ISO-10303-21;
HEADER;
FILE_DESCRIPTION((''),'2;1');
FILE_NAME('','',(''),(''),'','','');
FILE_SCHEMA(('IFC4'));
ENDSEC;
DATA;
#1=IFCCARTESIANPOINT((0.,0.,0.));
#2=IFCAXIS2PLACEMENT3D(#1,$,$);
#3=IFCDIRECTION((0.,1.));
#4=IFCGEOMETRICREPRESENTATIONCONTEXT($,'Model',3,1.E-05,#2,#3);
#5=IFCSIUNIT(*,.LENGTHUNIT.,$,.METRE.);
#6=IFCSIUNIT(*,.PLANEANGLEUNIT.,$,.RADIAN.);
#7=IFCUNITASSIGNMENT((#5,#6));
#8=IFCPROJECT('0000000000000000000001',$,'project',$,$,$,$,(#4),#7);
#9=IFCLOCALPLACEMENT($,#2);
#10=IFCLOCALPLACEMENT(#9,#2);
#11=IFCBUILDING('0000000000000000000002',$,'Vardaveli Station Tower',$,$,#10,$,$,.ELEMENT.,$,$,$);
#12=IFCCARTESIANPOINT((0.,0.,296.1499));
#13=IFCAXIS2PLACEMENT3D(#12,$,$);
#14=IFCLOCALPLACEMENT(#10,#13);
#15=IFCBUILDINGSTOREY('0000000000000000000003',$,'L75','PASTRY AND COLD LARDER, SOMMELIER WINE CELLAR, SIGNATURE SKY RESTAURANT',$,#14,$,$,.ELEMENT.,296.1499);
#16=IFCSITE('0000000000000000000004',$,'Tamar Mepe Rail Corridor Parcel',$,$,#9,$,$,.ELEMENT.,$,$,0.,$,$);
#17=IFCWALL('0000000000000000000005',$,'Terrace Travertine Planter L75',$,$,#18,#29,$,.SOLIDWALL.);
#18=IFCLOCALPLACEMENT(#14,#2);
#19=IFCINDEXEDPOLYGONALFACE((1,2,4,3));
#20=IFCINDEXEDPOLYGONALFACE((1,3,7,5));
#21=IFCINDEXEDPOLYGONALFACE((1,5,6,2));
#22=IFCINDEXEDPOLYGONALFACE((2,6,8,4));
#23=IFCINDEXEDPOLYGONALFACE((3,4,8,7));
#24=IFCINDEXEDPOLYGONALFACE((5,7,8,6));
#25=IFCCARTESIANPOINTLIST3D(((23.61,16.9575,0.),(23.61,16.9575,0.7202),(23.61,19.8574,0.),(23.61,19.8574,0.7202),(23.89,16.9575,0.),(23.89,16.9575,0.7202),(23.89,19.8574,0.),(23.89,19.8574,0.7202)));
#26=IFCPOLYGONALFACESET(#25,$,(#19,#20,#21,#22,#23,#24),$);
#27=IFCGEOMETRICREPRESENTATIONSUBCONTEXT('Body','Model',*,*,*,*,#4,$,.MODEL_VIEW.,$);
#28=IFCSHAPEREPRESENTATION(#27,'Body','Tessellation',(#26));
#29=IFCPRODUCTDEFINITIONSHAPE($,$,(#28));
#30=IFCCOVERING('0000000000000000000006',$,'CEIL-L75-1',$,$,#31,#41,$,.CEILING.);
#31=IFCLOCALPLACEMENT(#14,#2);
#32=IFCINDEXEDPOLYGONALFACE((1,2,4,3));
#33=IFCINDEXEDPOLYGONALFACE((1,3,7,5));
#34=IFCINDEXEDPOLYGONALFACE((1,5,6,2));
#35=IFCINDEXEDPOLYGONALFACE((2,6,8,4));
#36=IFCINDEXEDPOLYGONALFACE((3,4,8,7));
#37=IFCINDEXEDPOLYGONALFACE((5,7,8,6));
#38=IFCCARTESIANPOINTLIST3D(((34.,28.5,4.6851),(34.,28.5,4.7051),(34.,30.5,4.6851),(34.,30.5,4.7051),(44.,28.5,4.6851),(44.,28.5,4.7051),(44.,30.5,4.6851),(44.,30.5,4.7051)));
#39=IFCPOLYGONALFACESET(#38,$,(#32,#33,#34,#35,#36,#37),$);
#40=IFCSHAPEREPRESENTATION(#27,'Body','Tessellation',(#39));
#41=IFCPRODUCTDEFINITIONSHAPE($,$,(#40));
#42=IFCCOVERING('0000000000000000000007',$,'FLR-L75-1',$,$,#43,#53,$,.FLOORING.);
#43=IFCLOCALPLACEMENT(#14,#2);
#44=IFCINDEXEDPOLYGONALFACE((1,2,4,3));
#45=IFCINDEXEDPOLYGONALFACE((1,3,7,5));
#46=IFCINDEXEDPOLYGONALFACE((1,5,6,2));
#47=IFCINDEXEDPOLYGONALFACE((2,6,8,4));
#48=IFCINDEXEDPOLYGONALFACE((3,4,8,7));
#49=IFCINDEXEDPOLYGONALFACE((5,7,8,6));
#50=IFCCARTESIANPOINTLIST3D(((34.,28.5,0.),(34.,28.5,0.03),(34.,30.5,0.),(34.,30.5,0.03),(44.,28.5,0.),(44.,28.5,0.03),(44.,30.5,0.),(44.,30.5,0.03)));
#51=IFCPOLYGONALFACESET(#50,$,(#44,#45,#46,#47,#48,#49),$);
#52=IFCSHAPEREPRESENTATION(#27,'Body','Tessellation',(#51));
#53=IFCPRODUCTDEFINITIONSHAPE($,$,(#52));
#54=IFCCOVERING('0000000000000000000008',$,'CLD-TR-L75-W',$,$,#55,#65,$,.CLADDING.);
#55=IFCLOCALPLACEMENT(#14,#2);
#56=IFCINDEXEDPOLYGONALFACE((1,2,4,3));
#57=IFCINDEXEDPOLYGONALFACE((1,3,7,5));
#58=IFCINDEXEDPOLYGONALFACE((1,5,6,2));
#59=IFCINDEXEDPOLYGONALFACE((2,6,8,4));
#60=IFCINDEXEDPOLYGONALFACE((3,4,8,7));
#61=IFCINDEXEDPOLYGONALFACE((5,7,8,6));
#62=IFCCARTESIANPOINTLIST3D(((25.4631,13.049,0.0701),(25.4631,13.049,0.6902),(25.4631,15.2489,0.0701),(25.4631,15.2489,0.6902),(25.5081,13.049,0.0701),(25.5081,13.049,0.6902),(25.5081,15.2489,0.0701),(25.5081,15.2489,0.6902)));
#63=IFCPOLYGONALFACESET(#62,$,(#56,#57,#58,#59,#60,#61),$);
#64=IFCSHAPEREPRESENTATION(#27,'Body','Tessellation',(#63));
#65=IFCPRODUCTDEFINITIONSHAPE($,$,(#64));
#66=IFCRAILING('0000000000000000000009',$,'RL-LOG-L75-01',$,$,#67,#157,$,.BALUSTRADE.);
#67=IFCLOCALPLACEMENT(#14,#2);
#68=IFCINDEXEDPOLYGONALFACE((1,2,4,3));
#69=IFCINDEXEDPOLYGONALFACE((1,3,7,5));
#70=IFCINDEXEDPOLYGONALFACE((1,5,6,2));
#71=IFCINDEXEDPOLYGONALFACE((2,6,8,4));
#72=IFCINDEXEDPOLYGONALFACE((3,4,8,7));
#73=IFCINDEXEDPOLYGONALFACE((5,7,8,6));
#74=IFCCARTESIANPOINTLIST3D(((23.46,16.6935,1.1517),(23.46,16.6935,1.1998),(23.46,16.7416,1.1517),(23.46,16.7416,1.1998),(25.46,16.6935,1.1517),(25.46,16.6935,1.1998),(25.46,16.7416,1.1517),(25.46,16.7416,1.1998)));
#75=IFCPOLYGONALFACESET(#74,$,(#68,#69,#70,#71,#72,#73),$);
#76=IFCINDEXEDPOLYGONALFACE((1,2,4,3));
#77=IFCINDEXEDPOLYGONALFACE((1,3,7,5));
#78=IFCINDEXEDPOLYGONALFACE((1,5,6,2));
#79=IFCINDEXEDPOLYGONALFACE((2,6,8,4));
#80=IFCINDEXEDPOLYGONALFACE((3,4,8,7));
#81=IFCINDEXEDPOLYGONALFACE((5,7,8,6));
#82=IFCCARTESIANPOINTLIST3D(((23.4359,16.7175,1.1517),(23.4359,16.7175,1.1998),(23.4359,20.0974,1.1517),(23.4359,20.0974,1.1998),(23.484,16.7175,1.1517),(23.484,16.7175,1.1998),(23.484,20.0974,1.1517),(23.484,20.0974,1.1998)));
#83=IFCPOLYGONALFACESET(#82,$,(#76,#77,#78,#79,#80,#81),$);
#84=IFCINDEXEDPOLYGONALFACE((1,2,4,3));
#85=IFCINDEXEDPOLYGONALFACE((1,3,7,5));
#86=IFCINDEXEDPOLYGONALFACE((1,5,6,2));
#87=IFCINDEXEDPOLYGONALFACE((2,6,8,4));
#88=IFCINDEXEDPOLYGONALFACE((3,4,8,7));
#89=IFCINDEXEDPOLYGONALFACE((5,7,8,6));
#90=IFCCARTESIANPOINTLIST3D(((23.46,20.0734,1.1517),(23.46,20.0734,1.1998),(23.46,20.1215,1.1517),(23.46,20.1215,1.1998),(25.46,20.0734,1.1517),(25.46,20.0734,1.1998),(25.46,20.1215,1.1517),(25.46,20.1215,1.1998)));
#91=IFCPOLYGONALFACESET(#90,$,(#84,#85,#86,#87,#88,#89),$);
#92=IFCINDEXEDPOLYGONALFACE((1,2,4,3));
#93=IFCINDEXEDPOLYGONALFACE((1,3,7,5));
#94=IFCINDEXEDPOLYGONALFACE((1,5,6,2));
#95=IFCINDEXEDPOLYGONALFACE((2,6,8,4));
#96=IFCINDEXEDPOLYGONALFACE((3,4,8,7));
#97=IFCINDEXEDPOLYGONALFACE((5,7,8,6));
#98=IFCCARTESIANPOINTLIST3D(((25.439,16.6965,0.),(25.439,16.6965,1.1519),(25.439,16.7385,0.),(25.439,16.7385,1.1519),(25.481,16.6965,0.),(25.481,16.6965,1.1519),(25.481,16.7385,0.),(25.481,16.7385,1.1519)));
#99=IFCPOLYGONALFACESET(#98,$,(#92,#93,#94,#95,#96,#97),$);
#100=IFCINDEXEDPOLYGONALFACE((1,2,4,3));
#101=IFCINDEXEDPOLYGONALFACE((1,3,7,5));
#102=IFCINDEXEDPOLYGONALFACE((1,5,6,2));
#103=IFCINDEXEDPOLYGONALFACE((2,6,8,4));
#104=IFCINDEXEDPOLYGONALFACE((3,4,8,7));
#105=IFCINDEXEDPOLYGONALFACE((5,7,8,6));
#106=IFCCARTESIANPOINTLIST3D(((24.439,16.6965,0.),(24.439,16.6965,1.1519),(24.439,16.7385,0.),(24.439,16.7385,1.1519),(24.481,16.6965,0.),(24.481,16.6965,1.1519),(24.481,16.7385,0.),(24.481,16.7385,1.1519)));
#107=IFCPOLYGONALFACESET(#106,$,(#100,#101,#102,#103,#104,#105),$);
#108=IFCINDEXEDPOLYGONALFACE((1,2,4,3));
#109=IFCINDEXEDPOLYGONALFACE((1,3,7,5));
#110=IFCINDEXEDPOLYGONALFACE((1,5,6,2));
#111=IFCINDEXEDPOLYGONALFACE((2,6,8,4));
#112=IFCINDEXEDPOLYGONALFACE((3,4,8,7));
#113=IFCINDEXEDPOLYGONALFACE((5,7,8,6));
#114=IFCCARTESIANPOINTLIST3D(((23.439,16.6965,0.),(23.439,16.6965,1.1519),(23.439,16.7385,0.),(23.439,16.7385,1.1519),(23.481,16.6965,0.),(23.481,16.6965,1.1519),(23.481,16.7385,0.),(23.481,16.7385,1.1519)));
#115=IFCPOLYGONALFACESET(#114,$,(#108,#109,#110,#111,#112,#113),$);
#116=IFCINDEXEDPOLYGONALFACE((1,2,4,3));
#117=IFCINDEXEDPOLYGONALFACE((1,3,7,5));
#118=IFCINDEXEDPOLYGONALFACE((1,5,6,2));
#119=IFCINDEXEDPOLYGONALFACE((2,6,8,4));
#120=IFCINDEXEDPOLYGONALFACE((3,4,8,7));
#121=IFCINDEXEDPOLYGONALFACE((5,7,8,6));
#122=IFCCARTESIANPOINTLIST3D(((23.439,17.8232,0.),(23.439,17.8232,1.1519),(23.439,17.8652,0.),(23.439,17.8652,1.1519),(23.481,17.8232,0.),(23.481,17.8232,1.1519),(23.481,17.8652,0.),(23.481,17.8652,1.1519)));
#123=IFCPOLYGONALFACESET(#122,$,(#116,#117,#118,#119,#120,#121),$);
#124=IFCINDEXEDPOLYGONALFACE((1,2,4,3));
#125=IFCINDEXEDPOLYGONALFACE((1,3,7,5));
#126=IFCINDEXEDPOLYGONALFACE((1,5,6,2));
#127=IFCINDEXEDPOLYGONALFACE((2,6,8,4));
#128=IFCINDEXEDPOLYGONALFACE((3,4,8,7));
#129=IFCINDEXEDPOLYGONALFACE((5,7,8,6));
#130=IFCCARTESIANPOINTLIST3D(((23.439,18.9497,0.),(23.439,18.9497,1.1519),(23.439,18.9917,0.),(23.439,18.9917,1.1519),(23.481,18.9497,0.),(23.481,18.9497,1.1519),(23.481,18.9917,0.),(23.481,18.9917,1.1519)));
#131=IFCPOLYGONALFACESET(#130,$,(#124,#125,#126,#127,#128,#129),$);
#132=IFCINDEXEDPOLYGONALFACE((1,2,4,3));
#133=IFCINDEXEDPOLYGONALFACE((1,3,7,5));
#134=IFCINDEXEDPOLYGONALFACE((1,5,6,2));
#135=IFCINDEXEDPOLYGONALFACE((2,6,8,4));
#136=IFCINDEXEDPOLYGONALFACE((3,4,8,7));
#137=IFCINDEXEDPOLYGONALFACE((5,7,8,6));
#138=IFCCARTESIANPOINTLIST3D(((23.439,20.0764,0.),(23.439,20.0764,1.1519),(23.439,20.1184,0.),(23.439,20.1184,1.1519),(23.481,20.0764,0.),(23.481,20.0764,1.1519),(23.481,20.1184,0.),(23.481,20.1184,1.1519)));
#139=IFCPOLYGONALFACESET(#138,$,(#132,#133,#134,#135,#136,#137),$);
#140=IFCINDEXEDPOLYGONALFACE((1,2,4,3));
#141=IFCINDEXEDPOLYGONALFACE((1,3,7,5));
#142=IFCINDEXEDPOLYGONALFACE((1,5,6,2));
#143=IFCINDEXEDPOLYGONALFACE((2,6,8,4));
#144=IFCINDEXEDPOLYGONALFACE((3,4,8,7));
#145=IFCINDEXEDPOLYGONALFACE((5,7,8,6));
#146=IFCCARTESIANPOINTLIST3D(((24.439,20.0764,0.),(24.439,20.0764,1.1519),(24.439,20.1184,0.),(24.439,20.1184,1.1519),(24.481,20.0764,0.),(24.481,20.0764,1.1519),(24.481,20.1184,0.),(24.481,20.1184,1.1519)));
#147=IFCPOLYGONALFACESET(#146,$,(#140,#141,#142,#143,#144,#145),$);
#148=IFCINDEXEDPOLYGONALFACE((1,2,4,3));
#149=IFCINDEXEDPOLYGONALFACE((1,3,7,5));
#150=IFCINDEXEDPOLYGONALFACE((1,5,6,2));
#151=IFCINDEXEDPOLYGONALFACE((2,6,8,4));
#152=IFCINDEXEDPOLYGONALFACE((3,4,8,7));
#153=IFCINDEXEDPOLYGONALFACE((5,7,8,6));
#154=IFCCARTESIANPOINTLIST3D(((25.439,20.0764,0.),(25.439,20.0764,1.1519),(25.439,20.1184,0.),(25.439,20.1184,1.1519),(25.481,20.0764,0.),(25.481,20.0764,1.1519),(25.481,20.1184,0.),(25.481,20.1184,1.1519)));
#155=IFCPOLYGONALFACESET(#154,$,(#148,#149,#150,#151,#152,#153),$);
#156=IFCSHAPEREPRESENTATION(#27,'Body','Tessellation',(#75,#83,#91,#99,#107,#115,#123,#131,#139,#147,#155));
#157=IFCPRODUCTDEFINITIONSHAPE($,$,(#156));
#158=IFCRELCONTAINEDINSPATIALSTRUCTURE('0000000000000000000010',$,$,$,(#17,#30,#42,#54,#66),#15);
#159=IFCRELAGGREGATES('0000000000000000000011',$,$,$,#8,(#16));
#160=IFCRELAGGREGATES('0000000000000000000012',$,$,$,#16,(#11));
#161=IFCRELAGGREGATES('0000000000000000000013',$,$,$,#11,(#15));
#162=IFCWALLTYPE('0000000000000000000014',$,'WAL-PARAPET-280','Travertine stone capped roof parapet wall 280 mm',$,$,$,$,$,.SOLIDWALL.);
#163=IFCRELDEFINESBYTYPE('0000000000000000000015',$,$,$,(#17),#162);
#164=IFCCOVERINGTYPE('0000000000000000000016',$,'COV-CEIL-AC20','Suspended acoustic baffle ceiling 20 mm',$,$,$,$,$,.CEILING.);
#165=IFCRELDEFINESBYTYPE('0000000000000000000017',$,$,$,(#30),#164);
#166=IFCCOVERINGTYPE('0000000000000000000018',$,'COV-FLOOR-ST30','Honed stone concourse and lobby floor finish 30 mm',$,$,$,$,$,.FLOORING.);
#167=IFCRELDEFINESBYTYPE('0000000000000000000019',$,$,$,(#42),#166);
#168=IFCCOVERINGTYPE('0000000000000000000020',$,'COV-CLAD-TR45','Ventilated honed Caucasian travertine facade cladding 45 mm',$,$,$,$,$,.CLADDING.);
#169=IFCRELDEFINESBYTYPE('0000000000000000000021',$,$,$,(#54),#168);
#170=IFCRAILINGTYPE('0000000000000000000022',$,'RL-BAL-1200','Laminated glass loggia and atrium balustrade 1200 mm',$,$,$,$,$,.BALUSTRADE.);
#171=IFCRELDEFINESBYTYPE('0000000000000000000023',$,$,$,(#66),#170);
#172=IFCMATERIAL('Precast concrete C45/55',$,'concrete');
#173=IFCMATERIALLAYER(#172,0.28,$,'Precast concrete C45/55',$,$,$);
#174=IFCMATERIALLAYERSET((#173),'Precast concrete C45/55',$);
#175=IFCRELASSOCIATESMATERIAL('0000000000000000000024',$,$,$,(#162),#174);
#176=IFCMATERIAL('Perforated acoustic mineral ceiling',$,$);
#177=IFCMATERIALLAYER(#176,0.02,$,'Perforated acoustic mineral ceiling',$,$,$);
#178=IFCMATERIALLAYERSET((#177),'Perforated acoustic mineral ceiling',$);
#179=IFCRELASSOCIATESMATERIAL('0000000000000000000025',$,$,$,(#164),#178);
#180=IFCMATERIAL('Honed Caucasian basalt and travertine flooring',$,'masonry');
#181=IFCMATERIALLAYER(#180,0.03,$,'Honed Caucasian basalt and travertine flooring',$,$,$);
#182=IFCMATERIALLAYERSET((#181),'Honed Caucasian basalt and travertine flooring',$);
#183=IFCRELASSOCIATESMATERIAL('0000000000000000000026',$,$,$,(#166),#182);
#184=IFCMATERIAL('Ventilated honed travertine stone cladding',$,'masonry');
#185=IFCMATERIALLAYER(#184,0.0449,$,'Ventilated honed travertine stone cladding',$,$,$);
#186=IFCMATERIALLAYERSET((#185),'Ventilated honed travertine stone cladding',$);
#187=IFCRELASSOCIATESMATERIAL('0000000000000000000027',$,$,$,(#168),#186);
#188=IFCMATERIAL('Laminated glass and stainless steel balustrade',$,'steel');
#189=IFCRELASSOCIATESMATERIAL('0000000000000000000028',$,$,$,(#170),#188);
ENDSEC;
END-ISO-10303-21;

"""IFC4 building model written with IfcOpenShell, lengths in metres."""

from ifc_helpers import new_model, si_unit, direction, frame, frame_2d, origin, origin_2d, place, context, subcontext, project, spatial, polyline, rectangle, outline, extrude, source, transform, mapped, material, layer, layer_set, type_object, element, save


model = new_model("IFC4")

# Units and contexts
model_context = context("Model", 3, precision=1e-05, world=origin(), true_north=direction((0.0, 1.0)))
body_context = subcontext(model_context, "Body", "Model", "MODEL_VIEW")
ifc_project = project(units=[si_unit("LENGTHUNIT", "METRE"), si_unit("PLANEANGLEUNIT", "RADIAN")], contexts=[model_context])

# Site, building, storey
site_placement = place(None, origin())
site = spatial("IfcSite", under=ifc_project, at=site_placement, Name="Tamar Mepe Rail Corridor Parcel", CompositionType="ELEMENT", RefElevation=0.0)
building_placement = place(site_placement, origin())
building = spatial("IfcBuilding", under=site, at=building_placement, Name="Vardaveli Station Tower", CompositionType="ELEMENT")
storey_placement = place(building_placement, frame((0.0, 0.0, 296.1499)))
storey = spatial("IfcBuildingStorey", under=building, at=storey_placement, Name="L75", Description="PASTRY AND COLD LARDER, SOMMELIER WINE CELLAR, SIGNATURE SKY RESTAURANT", CompositionType="ELEMENT", Elevation=296.1499)

# Shared definitions
ifc_material_1 = material(Name="Precast concrete C45/55", Category="concrete")

# Wall
ifc_layer_1 = layer(ifc_material_1, 0.28, Name="Precast concrete C45/55")
ifc_layer_set_1 = layer_set([ifc_layer_1], Name="Precast concrete C45/55")
wall_type_1 = type_object("IfcWallType", Name="WAL-PARAPET-280", Description="Travertine stone capped roof parapet wall 280 mm", PredefinedType="SOLIDWALL", material=ifc_layer_set_1)
shared_shape_1 = source(origin(), body_context, "Body", "SweptSolid", [
    extrude(rectangle(XDim=2.8999, YDim=0.28, at=frame_2d((1.45, 0.0))), origin(), (0.0, 0.0, 1.0), 0.7202),
])
wall_1_placement = place(storey_placement, frame((23.75, 16.9575, 0.0), z_axis=(0.0, 0.0, 1.0), x_axis=(0.0, 1.0, 0.0)))
element("IfcWall", 1, at=wall_1_placement, inside=storey, type_object=wall_type_1, Name="Terrace Travertine Planter L75", PredefinedType="SOLIDWALL", context=body_context, shape_type="MappedRepresentation", body=[
    mapped(shared_shape_1, transform((0.0, 0.0, 0.0), scale=1.0)),
])

# Coverings
ifc_material_2 = material(Name="Perforated acoustic mineral ceiling")
ifc_layer_2 = layer(ifc_material_2, 0.02, Name="Perforated acoustic mineral ceiling")
ifc_layer_set_2 = layer_set([ifc_layer_2], Name="Perforated acoustic mineral ceiling")
covering_type_1 = type_object("IfcCoveringType", Name="COV-CEIL-AC20", Description="Suspended acoustic baffle ceiling 20 mm", PredefinedType="CEILING", material=ifc_layer_set_2)
covering_1_placement = place(storey_placement, frame((0.0, 0.0, 4.6851)))
element("IfcCovering", 2, at=covering_1_placement, inside=storey, type_object=covering_type_1, Name="CEIL-L75-1", PredefinedType="CEILING", context=body_context, shape_type="SweptSolid", body=[
    extrude(outline(polyline([(34.0, 28.5), (44.0, 28.5), (44.0, 30.5), (34.0, 30.5), (34.0, 28.5)])), origin(), (0.0, 0.0, 1.0), 0.02),
])
ifc_material_3 = material(Name="Honed Caucasian basalt and travertine flooring", Category="masonry")
ifc_layer_3 = layer(ifc_material_3, 0.03, Name="Honed Caucasian basalt and travertine flooring")
ifc_layer_set_3 = layer_set([ifc_layer_3], Name="Honed Caucasian basalt and travertine flooring")
covering_type_2 = type_object("IfcCoveringType", Name="COV-FLOOR-ST30", Description="Honed stone concourse and lobby floor finish 30 mm", PredefinedType="FLOORING", material=ifc_layer_set_3)
covering_2_placement = place(storey_placement, origin())
element("IfcCovering", 3, at=covering_2_placement, inside=storey, type_object=covering_type_2, Name="FLR-L75-1", PredefinedType="FLOORING", context=body_context, shape_type="SweptSolid", body=[
    extrude(outline(polyline([(34.0, 28.5), (44.0, 28.5), (44.0, 30.5), (34.0, 30.5), (34.0, 28.5)])), origin(), (0.0, 0.0, 1.0), 0.03),
])
ifc_material_4 = material(Name="Ventilated honed travertine stone cladding", Category="masonry")
ifc_layer_4 = layer(ifc_material_4, 0.0449, Name="Ventilated honed travertine stone cladding")
ifc_layer_set_4 = layer_set([ifc_layer_4], Name="Ventilated honed travertine stone cladding")
covering_type_3 = type_object("IfcCoveringType", Name="COV-CLAD-TR45", Description="Ventilated honed Caucasian travertine facade cladding 45 mm", PredefinedType="CLADDING", material=ifc_layer_set_4)
shared_shape_2 = source(origin(), body_context, "Body", "SweptSolid", [
    extrude(rectangle(XDim=2.2, YDim=0.0449, at=origin_2d()), origin(), (0.0, 0.0, 1.0), 0.6201),
])
covering_3_placement = place(storey_placement, frame((25.4856, 14.1489, 0.0701), z_axis=(0.0, 0.0, 1.0), x_axis=(0.0, 1.0, 0.0)))
element("IfcCovering", 4, at=covering_3_placement, inside=storey, type_object=covering_type_3, Name="CLD-TR-L75-W", PredefinedType="CLADDING", context=body_context, shape_type="MappedRepresentation", body=[
    mapped(shared_shape_2, transform((0.0, 0.0, 0.0), scale=1.0)),
])

# Railing
ifc_material_5 = material(Name="Laminated glass and stainless steel balustrade", Category="steel")
railing_type = type_object("IfcRailingType", Name="RL-BAL-1200", Description="Laminated glass loggia and atrium balustrade 1200 mm", PredefinedType="BALUSTRADE", material=ifc_material_5)
shared_shape_3 = source(origin(), body_context, "Body", "SweptSolid", [
    extrude(rectangle(XDim=0.0481, YDim=0.0481, at=origin_2d()), frame((0.0, 0.0, 1.1758), z_axis=(-1.0, 0.0, 0.0), x_axis=(0.0, -1.0, 0.0)), (0.0, 0.0, 1.0), 2.0),
    extrude(rectangle(XDim=0.0481, YDim=0.0481, at=origin_2d()), frame((-2.0, 0.0, 1.1758), z_axis=(0.0, 1.0, 0.0), x_axis=(-1.0, 0.0, 0.0)), (0.0, 0.0, 1.0), 3.3799),
    extrude(rectangle(XDim=0.0481, YDim=0.0481, at=origin_2d()), frame((-2.0, 3.3799, 1.1758), z_axis=(1.0, 0.0, 0.0), x_axis=(0.0, 1.0, 0.0)), (0.0, 0.0, 1.0), 2.0),
    extrude(rectangle(XDim=0.042, YDim=0.042, at=origin_2d()), origin(), (0.0, 0.0, 1.0), 1.1519),
    extrude(rectangle(XDim=0.042, YDim=0.042, at=origin_2d()), frame((-1.0, 0.0, 0.0)), (0.0, 0.0, 1.0), 1.1519),
    extrude(rectangle(XDim=0.042, YDim=0.042, at=origin_2d()), frame((-2.0, 0.0, 0.0)), (0.0, 0.0, 1.0), 1.1519),
    extrude(rectangle(XDim=0.042, YDim=0.042, at=origin_2d()), frame((-2.0, 1.1267, 0.0)), (0.0, 0.0, 1.0), 1.1519),
    extrude(rectangle(XDim=0.042, YDim=0.042, at=origin_2d()), frame((-2.0, 2.2532, 0.0)), (0.0, 0.0, 1.0), 1.1519),
    extrude(rectangle(XDim=0.042, YDim=0.042, at=origin_2d()), frame((-2.0, 3.3799, 0.0)), (0.0, 0.0, 1.0), 1.1519),
    extrude(rectangle(XDim=0.042, YDim=0.042, at=origin_2d()), frame((-1.0, 3.3799, 0.0)), (0.0, 0.0, 1.0), 1.1519),
    extrude(rectangle(XDim=0.042, YDim=0.042, at=origin_2d()), frame((0.0, 3.3799, 0.0)), (0.0, 0.0, 1.0), 1.1519),
])
railing_placement = place(storey_placement, frame((25.46, 16.7175, 0.0)))
element("IfcRailing", 5, at=railing_placement, inside=storey, type_object=railing_type, Name="RL-LOG-L75-01", PredefinedType="BALUSTRADE", context=body_context, shape_type="MappedRepresentation", body=[
    mapped(shared_shape_3, transform((0.0, 0.0, 0.0), scale=1.0)),
])

save(model, "model.ifc")
